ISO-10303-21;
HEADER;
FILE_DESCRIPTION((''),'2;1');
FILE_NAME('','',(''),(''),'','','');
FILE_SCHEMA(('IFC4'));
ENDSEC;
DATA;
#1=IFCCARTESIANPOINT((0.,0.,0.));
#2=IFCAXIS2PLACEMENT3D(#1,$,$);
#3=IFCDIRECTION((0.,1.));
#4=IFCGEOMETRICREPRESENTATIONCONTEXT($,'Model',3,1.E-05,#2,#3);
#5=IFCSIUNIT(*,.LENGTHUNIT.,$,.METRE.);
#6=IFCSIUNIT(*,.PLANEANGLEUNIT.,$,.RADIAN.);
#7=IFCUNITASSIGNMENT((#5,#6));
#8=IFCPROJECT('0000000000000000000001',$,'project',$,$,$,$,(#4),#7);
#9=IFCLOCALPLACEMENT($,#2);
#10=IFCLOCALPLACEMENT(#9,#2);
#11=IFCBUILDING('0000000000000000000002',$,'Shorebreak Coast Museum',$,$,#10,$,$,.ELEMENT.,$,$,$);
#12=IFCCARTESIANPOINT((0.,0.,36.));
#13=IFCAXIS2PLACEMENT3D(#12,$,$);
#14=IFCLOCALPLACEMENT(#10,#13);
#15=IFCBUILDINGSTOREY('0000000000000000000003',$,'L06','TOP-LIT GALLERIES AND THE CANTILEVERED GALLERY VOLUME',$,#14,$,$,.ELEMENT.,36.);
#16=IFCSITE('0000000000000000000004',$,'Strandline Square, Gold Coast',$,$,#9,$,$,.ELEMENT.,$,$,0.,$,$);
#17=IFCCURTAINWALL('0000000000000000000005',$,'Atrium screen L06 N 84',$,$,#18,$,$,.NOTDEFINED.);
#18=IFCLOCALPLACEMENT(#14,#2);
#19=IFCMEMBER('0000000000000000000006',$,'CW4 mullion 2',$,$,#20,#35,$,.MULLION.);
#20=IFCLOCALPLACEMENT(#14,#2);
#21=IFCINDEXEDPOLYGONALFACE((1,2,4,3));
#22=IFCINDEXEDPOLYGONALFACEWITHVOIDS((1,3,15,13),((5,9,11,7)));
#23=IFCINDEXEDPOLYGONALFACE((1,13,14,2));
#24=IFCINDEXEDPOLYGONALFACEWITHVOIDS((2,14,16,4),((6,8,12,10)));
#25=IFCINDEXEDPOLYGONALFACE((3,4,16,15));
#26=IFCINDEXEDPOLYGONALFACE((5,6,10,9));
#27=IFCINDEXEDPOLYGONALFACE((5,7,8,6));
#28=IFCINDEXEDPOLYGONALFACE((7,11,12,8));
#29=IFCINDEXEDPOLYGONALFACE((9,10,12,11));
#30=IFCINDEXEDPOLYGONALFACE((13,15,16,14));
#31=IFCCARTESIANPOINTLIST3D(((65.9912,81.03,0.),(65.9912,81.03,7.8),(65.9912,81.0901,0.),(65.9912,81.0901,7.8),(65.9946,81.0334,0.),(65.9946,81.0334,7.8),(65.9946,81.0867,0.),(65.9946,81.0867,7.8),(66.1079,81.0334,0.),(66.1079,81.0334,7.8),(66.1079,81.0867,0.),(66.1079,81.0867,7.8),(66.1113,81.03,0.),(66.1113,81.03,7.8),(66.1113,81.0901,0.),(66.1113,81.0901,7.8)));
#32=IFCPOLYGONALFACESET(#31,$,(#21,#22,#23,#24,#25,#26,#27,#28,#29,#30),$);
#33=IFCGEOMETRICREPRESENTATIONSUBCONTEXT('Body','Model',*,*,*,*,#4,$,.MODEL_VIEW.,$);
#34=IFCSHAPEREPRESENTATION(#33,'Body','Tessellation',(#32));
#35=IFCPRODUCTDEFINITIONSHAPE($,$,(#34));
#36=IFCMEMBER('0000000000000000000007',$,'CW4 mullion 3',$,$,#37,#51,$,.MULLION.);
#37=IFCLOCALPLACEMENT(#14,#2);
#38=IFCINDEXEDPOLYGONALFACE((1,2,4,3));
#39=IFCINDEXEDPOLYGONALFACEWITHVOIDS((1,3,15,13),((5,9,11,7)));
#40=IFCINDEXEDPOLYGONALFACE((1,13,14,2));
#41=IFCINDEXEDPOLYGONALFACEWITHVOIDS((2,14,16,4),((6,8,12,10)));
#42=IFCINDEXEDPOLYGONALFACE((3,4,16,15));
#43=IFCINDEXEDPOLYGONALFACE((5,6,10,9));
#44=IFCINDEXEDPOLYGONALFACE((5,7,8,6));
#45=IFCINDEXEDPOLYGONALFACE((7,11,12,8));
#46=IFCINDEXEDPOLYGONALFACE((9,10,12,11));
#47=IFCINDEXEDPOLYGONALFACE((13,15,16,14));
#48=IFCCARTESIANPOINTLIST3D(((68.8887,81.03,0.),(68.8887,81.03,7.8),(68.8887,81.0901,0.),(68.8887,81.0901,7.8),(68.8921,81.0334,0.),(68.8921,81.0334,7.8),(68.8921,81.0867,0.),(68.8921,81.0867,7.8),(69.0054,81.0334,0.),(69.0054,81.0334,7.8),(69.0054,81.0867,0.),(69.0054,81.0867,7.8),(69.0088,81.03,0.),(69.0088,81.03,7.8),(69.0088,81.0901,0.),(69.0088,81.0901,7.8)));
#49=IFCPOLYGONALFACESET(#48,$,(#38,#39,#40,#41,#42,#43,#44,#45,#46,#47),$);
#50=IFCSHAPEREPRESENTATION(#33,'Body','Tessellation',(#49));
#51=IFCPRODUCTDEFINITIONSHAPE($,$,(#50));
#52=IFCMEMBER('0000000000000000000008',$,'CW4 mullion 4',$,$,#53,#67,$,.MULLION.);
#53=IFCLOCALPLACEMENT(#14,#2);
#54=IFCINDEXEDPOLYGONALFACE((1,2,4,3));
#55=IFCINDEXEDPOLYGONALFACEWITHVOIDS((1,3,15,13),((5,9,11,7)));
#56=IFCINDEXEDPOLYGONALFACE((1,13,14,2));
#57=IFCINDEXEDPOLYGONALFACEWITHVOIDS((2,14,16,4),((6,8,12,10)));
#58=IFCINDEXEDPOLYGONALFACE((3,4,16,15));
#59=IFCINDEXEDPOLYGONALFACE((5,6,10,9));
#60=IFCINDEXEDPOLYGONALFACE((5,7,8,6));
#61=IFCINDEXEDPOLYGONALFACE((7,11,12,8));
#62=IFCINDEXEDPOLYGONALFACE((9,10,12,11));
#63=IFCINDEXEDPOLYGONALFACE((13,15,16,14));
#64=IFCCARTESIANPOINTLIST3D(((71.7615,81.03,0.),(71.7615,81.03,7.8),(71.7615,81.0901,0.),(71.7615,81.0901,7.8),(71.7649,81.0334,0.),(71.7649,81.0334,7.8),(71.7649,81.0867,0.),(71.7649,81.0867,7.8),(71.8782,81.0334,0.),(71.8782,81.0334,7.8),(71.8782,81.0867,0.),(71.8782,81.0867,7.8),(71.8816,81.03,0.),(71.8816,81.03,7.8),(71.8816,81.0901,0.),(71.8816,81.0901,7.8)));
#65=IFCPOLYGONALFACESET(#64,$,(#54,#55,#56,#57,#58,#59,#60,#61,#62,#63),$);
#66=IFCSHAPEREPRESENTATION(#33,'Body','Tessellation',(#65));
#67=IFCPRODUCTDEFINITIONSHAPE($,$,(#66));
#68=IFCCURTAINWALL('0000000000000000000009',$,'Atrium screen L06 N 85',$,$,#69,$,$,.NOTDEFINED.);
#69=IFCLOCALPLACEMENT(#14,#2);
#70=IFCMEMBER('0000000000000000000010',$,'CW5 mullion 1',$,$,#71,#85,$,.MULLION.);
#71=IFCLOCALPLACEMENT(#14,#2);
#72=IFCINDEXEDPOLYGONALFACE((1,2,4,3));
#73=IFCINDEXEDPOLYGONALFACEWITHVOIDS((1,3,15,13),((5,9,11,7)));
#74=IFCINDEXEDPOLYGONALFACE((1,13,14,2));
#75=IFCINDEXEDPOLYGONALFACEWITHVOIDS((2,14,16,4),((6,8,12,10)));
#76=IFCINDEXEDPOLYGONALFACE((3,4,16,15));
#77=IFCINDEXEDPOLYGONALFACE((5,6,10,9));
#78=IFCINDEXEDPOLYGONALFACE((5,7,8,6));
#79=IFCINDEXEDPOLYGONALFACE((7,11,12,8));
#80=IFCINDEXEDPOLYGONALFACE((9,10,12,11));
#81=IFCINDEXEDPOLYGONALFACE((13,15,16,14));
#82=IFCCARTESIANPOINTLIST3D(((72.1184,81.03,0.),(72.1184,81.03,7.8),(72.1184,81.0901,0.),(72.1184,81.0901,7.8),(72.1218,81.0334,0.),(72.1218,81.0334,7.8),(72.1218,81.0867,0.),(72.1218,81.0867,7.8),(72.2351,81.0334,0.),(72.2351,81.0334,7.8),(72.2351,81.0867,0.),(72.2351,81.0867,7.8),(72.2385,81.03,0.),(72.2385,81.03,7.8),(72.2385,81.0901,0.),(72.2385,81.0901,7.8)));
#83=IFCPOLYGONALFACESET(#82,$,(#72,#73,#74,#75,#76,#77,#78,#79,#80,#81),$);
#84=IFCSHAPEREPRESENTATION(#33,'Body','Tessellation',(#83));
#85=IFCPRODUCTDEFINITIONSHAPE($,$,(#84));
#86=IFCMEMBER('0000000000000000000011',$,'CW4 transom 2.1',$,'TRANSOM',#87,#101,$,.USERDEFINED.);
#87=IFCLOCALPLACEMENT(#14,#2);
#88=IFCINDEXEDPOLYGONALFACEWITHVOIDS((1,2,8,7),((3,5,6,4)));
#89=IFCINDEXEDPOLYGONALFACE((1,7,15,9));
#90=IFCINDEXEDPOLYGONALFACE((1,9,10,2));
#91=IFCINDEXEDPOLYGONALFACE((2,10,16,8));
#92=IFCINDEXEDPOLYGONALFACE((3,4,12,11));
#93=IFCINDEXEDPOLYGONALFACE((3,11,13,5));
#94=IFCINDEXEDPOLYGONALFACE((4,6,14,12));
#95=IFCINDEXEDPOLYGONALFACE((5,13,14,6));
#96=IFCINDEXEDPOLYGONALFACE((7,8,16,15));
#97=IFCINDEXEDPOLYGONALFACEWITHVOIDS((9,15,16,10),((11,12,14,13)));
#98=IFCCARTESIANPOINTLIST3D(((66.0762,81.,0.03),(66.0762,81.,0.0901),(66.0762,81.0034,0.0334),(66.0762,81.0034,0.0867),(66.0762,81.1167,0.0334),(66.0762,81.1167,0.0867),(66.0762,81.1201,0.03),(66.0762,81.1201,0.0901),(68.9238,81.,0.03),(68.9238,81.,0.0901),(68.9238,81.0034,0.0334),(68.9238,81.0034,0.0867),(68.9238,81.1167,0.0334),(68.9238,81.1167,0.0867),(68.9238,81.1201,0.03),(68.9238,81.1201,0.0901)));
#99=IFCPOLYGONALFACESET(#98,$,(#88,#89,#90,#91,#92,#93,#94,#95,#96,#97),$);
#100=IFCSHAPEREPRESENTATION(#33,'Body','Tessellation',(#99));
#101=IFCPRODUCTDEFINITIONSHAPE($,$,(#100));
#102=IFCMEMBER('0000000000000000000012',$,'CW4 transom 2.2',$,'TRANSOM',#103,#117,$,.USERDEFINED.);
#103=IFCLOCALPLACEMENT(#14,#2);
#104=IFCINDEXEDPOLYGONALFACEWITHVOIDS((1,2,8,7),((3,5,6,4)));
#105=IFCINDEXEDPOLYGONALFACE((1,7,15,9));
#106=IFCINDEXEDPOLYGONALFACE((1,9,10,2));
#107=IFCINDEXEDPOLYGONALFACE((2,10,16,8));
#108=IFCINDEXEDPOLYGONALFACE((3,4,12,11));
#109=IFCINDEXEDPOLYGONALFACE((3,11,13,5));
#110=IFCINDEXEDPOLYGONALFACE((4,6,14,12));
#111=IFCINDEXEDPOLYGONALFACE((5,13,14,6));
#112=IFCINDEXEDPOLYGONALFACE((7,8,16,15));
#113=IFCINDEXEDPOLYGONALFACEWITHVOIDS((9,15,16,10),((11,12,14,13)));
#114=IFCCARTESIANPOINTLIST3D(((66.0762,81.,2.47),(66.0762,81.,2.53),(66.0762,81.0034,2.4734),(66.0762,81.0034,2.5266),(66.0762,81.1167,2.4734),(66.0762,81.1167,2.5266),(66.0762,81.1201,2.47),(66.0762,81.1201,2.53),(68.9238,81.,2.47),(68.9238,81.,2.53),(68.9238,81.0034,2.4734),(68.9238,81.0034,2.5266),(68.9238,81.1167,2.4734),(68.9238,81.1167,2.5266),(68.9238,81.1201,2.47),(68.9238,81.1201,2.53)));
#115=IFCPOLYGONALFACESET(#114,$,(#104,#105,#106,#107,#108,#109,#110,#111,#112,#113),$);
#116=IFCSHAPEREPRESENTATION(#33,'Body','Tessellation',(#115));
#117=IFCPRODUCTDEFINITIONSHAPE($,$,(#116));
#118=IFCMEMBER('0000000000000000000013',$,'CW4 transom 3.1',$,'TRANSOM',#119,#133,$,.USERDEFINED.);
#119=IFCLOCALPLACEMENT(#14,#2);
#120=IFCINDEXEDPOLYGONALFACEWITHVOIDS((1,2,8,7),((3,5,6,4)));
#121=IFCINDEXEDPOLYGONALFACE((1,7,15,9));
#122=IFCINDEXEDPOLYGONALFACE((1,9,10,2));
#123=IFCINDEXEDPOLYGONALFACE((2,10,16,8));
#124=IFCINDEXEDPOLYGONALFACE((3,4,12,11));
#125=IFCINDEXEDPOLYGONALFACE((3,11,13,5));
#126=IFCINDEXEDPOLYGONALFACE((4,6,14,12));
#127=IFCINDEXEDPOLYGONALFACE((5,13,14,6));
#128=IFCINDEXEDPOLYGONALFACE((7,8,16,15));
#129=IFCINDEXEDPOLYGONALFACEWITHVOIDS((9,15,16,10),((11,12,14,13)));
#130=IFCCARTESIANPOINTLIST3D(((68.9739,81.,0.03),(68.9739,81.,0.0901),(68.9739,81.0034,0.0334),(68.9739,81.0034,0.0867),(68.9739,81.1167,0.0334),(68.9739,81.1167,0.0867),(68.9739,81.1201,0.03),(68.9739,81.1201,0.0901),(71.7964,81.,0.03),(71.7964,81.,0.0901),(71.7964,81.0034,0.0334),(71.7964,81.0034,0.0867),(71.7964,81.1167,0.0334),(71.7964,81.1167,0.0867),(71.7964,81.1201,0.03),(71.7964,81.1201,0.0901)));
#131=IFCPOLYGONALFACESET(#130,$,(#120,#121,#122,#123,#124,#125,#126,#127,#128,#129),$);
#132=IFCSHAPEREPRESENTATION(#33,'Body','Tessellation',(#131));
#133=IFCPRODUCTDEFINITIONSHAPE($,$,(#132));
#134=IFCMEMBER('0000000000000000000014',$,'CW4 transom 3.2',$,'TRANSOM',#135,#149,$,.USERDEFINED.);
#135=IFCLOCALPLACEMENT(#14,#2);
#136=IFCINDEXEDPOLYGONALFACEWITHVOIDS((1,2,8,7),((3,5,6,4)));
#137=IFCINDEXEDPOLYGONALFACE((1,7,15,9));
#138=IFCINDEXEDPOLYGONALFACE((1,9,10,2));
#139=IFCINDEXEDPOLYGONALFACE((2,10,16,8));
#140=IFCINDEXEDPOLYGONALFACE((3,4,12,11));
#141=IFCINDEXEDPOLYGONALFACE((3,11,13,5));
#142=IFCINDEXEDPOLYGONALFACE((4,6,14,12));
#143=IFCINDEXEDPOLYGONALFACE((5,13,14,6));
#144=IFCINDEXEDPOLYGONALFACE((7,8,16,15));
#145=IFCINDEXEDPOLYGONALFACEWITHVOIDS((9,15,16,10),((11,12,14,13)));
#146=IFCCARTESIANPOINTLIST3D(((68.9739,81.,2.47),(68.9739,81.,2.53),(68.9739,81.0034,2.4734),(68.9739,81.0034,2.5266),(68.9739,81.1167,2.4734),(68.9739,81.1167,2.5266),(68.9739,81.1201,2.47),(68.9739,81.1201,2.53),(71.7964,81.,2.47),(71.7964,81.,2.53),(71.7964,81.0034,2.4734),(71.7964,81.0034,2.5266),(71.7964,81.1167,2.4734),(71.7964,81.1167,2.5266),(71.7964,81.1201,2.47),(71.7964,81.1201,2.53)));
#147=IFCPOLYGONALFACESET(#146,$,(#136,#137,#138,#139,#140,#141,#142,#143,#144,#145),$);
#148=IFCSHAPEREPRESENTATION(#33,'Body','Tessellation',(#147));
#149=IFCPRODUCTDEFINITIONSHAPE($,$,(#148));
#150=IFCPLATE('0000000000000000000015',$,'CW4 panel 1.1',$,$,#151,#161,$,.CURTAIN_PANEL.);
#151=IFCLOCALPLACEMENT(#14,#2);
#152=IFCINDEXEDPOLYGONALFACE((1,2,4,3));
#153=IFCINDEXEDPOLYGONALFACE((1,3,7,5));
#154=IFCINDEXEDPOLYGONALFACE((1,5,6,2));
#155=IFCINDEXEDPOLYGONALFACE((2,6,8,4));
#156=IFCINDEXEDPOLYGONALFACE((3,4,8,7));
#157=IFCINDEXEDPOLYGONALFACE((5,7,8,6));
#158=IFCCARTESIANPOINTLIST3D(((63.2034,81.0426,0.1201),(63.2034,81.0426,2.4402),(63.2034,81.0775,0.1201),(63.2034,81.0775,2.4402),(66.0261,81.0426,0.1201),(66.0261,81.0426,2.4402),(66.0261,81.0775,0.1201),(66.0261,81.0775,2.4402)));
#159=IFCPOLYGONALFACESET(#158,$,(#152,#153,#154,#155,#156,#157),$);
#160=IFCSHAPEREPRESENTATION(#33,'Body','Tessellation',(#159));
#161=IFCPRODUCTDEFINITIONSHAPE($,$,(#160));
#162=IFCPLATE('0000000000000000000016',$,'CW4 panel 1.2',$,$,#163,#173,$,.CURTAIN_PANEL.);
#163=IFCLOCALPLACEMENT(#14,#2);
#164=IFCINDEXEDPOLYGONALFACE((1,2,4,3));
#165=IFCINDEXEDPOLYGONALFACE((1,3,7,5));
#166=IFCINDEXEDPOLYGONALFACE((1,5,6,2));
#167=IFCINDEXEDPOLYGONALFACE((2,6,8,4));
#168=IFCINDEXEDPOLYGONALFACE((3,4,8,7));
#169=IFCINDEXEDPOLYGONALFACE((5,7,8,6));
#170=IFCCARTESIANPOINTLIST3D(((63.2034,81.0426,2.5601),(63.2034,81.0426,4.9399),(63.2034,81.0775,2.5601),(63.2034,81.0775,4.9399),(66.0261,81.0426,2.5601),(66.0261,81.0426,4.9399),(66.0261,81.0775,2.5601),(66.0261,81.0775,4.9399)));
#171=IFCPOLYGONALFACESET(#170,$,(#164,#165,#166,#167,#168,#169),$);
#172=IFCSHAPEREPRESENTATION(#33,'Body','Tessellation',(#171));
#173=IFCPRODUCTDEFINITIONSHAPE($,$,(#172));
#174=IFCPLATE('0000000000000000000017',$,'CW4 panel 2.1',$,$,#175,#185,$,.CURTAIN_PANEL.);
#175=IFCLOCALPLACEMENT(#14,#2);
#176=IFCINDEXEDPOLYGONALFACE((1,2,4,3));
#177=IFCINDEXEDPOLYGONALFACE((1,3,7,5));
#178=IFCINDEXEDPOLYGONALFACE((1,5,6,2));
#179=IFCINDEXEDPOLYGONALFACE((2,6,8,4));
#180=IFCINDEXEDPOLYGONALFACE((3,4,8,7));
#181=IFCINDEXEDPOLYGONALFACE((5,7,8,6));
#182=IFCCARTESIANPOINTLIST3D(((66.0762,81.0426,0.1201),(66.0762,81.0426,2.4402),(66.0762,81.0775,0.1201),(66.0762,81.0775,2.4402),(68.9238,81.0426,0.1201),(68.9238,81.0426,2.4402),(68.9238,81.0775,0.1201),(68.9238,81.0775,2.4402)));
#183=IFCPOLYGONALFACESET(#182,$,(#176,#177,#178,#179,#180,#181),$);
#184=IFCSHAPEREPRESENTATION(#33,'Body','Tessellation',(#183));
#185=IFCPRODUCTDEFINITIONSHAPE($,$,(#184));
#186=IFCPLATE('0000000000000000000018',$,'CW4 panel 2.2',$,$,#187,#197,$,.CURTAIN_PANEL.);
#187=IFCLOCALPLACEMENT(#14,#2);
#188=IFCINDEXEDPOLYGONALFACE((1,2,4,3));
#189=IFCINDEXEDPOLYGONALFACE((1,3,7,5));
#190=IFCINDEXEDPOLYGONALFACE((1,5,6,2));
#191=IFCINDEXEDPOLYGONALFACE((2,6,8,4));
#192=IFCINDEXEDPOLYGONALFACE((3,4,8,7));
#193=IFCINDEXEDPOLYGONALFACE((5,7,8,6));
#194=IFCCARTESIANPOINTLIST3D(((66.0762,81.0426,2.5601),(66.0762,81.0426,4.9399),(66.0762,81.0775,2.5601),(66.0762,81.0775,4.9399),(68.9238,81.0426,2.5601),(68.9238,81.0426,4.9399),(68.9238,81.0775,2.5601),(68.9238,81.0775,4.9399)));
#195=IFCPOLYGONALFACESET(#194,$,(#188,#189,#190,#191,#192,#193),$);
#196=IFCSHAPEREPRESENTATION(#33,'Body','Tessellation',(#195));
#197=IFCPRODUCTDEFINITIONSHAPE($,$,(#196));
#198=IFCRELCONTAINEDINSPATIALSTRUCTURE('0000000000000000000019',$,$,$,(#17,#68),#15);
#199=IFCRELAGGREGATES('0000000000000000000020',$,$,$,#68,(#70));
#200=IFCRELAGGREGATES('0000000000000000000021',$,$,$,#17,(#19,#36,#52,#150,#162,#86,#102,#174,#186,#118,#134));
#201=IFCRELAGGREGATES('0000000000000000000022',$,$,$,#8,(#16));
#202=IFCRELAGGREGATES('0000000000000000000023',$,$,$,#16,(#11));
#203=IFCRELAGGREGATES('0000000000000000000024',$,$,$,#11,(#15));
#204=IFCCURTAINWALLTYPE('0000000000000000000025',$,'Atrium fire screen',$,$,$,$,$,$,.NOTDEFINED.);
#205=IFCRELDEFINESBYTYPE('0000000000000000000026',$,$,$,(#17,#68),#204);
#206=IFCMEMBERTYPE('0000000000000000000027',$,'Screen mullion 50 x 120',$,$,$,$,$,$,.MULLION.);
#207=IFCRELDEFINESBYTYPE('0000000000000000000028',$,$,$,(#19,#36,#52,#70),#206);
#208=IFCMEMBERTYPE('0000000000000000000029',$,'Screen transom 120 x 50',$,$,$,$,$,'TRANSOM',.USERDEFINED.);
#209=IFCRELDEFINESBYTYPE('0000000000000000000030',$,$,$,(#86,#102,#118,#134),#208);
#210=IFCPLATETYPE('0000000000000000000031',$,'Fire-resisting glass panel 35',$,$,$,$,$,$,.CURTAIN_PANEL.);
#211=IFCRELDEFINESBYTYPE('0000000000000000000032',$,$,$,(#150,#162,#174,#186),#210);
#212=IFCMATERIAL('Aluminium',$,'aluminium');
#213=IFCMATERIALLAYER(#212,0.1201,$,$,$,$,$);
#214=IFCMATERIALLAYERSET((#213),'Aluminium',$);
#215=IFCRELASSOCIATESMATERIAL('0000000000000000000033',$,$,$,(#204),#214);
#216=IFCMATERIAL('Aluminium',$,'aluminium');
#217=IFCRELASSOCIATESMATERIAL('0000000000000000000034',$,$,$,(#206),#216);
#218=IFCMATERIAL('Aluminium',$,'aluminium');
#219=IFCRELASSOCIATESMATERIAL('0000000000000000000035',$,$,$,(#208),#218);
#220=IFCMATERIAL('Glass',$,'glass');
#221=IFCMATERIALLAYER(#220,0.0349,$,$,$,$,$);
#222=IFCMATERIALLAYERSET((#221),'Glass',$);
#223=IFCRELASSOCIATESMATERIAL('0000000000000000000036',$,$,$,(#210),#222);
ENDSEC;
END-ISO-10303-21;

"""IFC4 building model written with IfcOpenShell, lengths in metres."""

from ifc_helpers import new_model, si_unit, direction, frame, origin, origin_2d, place, context, subcontext, project, spatial, rectangle, hollow_rectangle, extrude, material, layer, layer_set, material_profile, profile_set, type_object, element, aggregate, save


model = new_model("IFC4")

# Units and contexts
model_context = context("Model", 3, precision=1e-05, world=origin(), true_north=direction((0.0, 1.0)))
body_context = subcontext(model_context, "Body", "Model", "MODEL_VIEW")
ifc_project = project(units=[si_unit("LENGTHUNIT", "METRE"), si_unit("PLANEANGLEUNIT", "RADIAN")], contexts=[model_context])

# Site, building, storey
site_placement = place(None, origin())
site = spatial("IfcSite", under=ifc_project, at=site_placement, Name="Strandline Square, Gold Coast", CompositionType="ELEMENT", RefElevation=0.0)
building_placement = place(site_placement, origin())
building = spatial("IfcBuilding", under=site, at=building_placement, Name="Shorebreak Coast Museum", CompositionType="ELEMENT")
storey_placement = place(building_placement, frame((0.0, 0.0, 36.0)))
storey = spatial("IfcBuildingStorey", under=building, at=storey_placement, Name="L06", Description="TOP-LIT GALLERIES AND THE CANTILEVERED GALLERY VOLUME", CompositionType="ELEMENT", Elevation=36.0)

# Curtain wall, members
ifc_material_1 = material(Name="Aluminium", Category="aluminium")
ifc_layer_1 = layer(ifc_material_1, 0.1201)
ifc_layer_set_1 = layer_set([ifc_layer_1], Name="Aluminium")
curtain_wall_type = type_object("IfcCurtainWallType", Name="Atrium fire screen", PredefinedType="NOTDEFINED", material=ifc_layer_set_1)
curtain_wall_1_placement = place(storey_placement, origin())
curtain_wall_1 = element("IfcCurtainWall", 1, at=curtain_wall_1_placement, inside=storey, type_object=curtain_wall_type, Name="Atrium screen L06 N 84", PredefinedType="NOTDEFINED")
ifc_material_2 = material(Name="Aluminium", Category="aluminium")
ifc_material_profile_1 = material_profile(ifc_material_2, hollow_rectangle(XDim=0.0601, YDim=0.1201, WallThickness=0.0034, at=origin_2d()), Name="AL 120x60 RHS")
ifc_profile_set_1 = profile_set([ifc_material_profile_1], Name="Aluminium")
member_type_1 = type_object("IfcMemberType", Name="Screen mullion 50 x 120", PredefinedType="MULLION", material=ifc_profile_set_1)
member_1_placement = place(storey_placement, frame((66.0513, 81.0601, 0.0), z_axis=(0.0, 0.0, 1.0), x_axis=(0.0, 1.0, 0.0)))
member_1 = element("IfcMember", 2, at=member_1_placement, type_object=member_type_1, Name="CW4 mullion 2", PredefinedType="MULLION", context=body_context, shape_type="SweptSolid", body=[
    extrude(hollow_rectangle(XDim=0.0601, YDim=0.1201, WallThickness=0.0034, at=origin_2d()), origin(), (0.0, 0.0, 1.0), 7.8),
])
member_2_placement = place(storey_placement, frame((68.9487, 81.0601, 0.0), z_axis=(0.0, 0.0, 1.0), x_axis=(0.0, 1.0, 0.0)))
member_2 = element("IfcMember", 3, at=member_2_placement, type_object=member_type_1, Name="CW4 mullion 3", PredefinedType="MULLION", context=body_context, shape_type="SweptSolid", body=[
    extrude(hollow_rectangle(XDim=0.0601, YDim=0.1201, WallThickness=0.0034, at=origin_2d()), origin(), (0.0, 0.0, 1.0), 7.8),
])
member_3_placement = place(storey_placement, frame((71.8215, 81.0601, 0.0), z_axis=(0.0, 0.0, 1.0), x_axis=(0.0, 1.0, 0.0)))
member_3 = element("IfcMember", 4, at=member_3_placement, type_object=member_type_1, Name="CW4 mullion 4", PredefinedType="MULLION", context=body_context, shape_type="SweptSolid", body=[
    extrude(hollow_rectangle(XDim=0.0601, YDim=0.1201, WallThickness=0.0034, at=origin_2d()), origin(), (0.0, 0.0, 1.0), 7.8),
])

# Curtain wall, member
curtain_wall_2_placement = place(storey_placement, origin())
curtain_wall_2 = element("IfcCurtainWall", 5, at=curtain_wall_2_placement, inside=storey, type_object=curtain_wall_type, Name="Atrium screen L06 N 85", PredefinedType="NOTDEFINED")
member_4_placement = place(storey_placement, frame((72.1785, 81.0601, 0.0), z_axis=(0.0, 0.0, 1.0), x_axis=(0.0, 1.0, 0.0)))
member_4 = element("IfcMember", 6, at=member_4_placement, type_object=member_type_1, Name="CW5 mullion 1", PredefinedType="MULLION", context=body_context, shape_type="SweptSolid", body=[
    extrude(hollow_rectangle(XDim=0.0601, YDim=0.1201, WallThickness=0.0034, at=origin_2d()), origin(), (0.0, 0.0, 1.0), 7.8),
])
aggregate(curtain_wall_2, [member_4])

# Members
ifc_material_3 = material(Name="Aluminium", Category="aluminium")
ifc_material_profile_2 = material_profile(ifc_material_3, hollow_rectangle(XDim=0.1201, YDim=0.0601, WallThickness=0.0034, at=origin_2d()), Name="AL 60x120 RHS")
ifc_profile_set_2 = profile_set([ifc_material_profile_2], Name="Aluminium")
member_type_2 = type_object("IfcMemberType", Name="Screen transom 120 x 50", ElementType="TRANSOM", PredefinedType="USERDEFINED", material=ifc_profile_set_2)
member_5_placement = place(storey_placement, frame((66.0762, 81.0601, 0.0601), z_axis=(1.0, 0.0, 0.0), x_axis=(0.0, 1.0, 0.0)))
member_5 = element("IfcMember", 7, at=member_5_placement, type_object=member_type_2, Name="CW4 transom 2.1", ObjectType="TRANSOM", PredefinedType="USERDEFINED", context=body_context, shape_type="SweptSolid", body=[
    extrude(hollow_rectangle(XDim=0.1201, YDim=0.0601, WallThickness=0.0034, at=origin_2d()), origin(), (0.0, 0.0, 1.0), 2.8477),
])
member_6_placement = place(storey_placement, frame((66.0762, 81.0601, 2.5), z_axis=(1.0, 0.0, 0.0), x_axis=(0.0, 1.0, 0.0)))
member_6 = element("IfcMember", 8, at=member_6_placement, type_object=member_type_2, Name="CW4 transom 2.2", ObjectType="TRANSOM", PredefinedType="USERDEFINED", context=body_context, shape_type="SweptSolid", body=[
    extrude(hollow_rectangle(XDim=0.1201, YDim=0.0601, WallThickness=0.0034, at=origin_2d()), origin(), (0.0, 0.0, 1.0), 2.8477),
])
member_7_placement = place(storey_placement, frame((68.9739, 81.0601, 0.0601), z_axis=(1.0, 0.0, 0.0), x_axis=(0.0, 1.0, 0.0)))
member_7 = element("IfcMember", 9, at=member_7_placement, type_object=member_type_2, Name="CW4 transom 3.1", ObjectType="TRANSOM", PredefinedType="USERDEFINED", context=body_context, shape_type="SweptSolid", body=[
    extrude(hollow_rectangle(XDim=0.1201, YDim=0.0601, WallThickness=0.0034, at=origin_2d()), origin(), (0.0, 0.0, 1.0), 2.8225),
])
member_8_placement = place(storey_placement, frame((68.9739, 81.0601, 2.5), z_axis=(1.0, 0.0, 0.0), x_axis=(0.0, 1.0, 0.0)))
member_8 = element("IfcMember", 10, at=member_8_placement, type_object=member_type_2, Name="CW4 transom 3.2", ObjectType="TRANSOM", PredefinedType="USERDEFINED", context=body_context, shape_type="SweptSolid", body=[
    extrude(hollow_rectangle(XDim=0.1201, YDim=0.0601, WallThickness=0.0034, at=origin_2d()), origin(), (0.0, 0.0, 1.0), 2.8225),
])

# Plates
ifc_material_4 = material(Name="Glass", Category="glass")
ifc_layer_2 = layer(ifc_material_4, 0.0349)
ifc_layer_set_2 = layer_set([ifc_layer_2], Name="Glass")
plate_type = type_object("IfcPlateType", Name="Fire-resisting glass panel 35", PredefinedType="CURTAIN_PANEL", material=ifc_layer_set_2)
plate_1_placement = place(storey_placement, frame((64.6147, 81.0601, 0.1201), z_axis=(0.0, 0.0, 1.0), x_axis=(1.0, 0.0, 0.0)))
plate_1 = element("IfcPlate", 11, at=plate_1_placement, type_object=plate_type, Name="CW4 panel 1.1", PredefinedType="CURTAIN_PANEL", context=body_context, shape_type="SweptSolid", body=[
    extrude(rectangle(XDim=2.8228, YDim=0.0349, at=origin_2d()), origin(), (0.0, 0.0, 1.0), 2.3201),
])
plate_2_placement = place(storey_placement, frame((64.6147, 81.0601, 2.5601), z_axis=(0.0, 0.0, 1.0), x_axis=(1.0, 0.0, 0.0)))
plate_2 = element("IfcPlate", 12, at=plate_2_placement, type_object=plate_type, Name="CW4 panel 1.2", PredefinedType="CURTAIN_PANEL", context=body_context, shape_type="SweptSolid", body=[
    extrude(rectangle(XDim=2.8228, YDim=0.0349, at=origin_2d()), origin(), (0.0, 0.0, 1.0), 2.3799),
])
plate_3_placement = place(storey_placement, frame((67.5, 81.0601, 0.1201), z_axis=(0.0, 0.0, 1.0), x_axis=(1.0, 0.0, 0.0)))
plate_3 = element("IfcPlate", 13, at=plate_3_placement, type_object=plate_type, Name="CW4 panel 2.1", PredefinedType="CURTAIN_PANEL", context=body_context, shape_type="SweptSolid", body=[
    extrude(rectangle(XDim=2.8477, YDim=0.0349, at=origin_2d()), origin(), (0.0, 0.0, 1.0), 2.3201),
])
plate_4_placement = place(storey_placement, frame((67.5, 81.0601, 2.5601), z_axis=(0.0, 0.0, 1.0), x_axis=(1.0, 0.0, 0.0)))
plate_4 = element("IfcPlate", 14, at=plate_4_placement, type_object=plate_type, Name="CW4 panel 2.2", PredefinedType="CURTAIN_PANEL", context=body_context, shape_type="SweptSolid", body=[
    extrude(rectangle(XDim=2.8477, YDim=0.0349, at=origin_2d()), origin(), (0.0, 0.0, 1.0), 2.3799),
])
aggregate(curtain_wall_1, [member_1, member_2, member_3, plate_1, plate_2, member_5, member_6, plate_3, plate_4, member_7, member_8])

save(model, "model.ifc")
